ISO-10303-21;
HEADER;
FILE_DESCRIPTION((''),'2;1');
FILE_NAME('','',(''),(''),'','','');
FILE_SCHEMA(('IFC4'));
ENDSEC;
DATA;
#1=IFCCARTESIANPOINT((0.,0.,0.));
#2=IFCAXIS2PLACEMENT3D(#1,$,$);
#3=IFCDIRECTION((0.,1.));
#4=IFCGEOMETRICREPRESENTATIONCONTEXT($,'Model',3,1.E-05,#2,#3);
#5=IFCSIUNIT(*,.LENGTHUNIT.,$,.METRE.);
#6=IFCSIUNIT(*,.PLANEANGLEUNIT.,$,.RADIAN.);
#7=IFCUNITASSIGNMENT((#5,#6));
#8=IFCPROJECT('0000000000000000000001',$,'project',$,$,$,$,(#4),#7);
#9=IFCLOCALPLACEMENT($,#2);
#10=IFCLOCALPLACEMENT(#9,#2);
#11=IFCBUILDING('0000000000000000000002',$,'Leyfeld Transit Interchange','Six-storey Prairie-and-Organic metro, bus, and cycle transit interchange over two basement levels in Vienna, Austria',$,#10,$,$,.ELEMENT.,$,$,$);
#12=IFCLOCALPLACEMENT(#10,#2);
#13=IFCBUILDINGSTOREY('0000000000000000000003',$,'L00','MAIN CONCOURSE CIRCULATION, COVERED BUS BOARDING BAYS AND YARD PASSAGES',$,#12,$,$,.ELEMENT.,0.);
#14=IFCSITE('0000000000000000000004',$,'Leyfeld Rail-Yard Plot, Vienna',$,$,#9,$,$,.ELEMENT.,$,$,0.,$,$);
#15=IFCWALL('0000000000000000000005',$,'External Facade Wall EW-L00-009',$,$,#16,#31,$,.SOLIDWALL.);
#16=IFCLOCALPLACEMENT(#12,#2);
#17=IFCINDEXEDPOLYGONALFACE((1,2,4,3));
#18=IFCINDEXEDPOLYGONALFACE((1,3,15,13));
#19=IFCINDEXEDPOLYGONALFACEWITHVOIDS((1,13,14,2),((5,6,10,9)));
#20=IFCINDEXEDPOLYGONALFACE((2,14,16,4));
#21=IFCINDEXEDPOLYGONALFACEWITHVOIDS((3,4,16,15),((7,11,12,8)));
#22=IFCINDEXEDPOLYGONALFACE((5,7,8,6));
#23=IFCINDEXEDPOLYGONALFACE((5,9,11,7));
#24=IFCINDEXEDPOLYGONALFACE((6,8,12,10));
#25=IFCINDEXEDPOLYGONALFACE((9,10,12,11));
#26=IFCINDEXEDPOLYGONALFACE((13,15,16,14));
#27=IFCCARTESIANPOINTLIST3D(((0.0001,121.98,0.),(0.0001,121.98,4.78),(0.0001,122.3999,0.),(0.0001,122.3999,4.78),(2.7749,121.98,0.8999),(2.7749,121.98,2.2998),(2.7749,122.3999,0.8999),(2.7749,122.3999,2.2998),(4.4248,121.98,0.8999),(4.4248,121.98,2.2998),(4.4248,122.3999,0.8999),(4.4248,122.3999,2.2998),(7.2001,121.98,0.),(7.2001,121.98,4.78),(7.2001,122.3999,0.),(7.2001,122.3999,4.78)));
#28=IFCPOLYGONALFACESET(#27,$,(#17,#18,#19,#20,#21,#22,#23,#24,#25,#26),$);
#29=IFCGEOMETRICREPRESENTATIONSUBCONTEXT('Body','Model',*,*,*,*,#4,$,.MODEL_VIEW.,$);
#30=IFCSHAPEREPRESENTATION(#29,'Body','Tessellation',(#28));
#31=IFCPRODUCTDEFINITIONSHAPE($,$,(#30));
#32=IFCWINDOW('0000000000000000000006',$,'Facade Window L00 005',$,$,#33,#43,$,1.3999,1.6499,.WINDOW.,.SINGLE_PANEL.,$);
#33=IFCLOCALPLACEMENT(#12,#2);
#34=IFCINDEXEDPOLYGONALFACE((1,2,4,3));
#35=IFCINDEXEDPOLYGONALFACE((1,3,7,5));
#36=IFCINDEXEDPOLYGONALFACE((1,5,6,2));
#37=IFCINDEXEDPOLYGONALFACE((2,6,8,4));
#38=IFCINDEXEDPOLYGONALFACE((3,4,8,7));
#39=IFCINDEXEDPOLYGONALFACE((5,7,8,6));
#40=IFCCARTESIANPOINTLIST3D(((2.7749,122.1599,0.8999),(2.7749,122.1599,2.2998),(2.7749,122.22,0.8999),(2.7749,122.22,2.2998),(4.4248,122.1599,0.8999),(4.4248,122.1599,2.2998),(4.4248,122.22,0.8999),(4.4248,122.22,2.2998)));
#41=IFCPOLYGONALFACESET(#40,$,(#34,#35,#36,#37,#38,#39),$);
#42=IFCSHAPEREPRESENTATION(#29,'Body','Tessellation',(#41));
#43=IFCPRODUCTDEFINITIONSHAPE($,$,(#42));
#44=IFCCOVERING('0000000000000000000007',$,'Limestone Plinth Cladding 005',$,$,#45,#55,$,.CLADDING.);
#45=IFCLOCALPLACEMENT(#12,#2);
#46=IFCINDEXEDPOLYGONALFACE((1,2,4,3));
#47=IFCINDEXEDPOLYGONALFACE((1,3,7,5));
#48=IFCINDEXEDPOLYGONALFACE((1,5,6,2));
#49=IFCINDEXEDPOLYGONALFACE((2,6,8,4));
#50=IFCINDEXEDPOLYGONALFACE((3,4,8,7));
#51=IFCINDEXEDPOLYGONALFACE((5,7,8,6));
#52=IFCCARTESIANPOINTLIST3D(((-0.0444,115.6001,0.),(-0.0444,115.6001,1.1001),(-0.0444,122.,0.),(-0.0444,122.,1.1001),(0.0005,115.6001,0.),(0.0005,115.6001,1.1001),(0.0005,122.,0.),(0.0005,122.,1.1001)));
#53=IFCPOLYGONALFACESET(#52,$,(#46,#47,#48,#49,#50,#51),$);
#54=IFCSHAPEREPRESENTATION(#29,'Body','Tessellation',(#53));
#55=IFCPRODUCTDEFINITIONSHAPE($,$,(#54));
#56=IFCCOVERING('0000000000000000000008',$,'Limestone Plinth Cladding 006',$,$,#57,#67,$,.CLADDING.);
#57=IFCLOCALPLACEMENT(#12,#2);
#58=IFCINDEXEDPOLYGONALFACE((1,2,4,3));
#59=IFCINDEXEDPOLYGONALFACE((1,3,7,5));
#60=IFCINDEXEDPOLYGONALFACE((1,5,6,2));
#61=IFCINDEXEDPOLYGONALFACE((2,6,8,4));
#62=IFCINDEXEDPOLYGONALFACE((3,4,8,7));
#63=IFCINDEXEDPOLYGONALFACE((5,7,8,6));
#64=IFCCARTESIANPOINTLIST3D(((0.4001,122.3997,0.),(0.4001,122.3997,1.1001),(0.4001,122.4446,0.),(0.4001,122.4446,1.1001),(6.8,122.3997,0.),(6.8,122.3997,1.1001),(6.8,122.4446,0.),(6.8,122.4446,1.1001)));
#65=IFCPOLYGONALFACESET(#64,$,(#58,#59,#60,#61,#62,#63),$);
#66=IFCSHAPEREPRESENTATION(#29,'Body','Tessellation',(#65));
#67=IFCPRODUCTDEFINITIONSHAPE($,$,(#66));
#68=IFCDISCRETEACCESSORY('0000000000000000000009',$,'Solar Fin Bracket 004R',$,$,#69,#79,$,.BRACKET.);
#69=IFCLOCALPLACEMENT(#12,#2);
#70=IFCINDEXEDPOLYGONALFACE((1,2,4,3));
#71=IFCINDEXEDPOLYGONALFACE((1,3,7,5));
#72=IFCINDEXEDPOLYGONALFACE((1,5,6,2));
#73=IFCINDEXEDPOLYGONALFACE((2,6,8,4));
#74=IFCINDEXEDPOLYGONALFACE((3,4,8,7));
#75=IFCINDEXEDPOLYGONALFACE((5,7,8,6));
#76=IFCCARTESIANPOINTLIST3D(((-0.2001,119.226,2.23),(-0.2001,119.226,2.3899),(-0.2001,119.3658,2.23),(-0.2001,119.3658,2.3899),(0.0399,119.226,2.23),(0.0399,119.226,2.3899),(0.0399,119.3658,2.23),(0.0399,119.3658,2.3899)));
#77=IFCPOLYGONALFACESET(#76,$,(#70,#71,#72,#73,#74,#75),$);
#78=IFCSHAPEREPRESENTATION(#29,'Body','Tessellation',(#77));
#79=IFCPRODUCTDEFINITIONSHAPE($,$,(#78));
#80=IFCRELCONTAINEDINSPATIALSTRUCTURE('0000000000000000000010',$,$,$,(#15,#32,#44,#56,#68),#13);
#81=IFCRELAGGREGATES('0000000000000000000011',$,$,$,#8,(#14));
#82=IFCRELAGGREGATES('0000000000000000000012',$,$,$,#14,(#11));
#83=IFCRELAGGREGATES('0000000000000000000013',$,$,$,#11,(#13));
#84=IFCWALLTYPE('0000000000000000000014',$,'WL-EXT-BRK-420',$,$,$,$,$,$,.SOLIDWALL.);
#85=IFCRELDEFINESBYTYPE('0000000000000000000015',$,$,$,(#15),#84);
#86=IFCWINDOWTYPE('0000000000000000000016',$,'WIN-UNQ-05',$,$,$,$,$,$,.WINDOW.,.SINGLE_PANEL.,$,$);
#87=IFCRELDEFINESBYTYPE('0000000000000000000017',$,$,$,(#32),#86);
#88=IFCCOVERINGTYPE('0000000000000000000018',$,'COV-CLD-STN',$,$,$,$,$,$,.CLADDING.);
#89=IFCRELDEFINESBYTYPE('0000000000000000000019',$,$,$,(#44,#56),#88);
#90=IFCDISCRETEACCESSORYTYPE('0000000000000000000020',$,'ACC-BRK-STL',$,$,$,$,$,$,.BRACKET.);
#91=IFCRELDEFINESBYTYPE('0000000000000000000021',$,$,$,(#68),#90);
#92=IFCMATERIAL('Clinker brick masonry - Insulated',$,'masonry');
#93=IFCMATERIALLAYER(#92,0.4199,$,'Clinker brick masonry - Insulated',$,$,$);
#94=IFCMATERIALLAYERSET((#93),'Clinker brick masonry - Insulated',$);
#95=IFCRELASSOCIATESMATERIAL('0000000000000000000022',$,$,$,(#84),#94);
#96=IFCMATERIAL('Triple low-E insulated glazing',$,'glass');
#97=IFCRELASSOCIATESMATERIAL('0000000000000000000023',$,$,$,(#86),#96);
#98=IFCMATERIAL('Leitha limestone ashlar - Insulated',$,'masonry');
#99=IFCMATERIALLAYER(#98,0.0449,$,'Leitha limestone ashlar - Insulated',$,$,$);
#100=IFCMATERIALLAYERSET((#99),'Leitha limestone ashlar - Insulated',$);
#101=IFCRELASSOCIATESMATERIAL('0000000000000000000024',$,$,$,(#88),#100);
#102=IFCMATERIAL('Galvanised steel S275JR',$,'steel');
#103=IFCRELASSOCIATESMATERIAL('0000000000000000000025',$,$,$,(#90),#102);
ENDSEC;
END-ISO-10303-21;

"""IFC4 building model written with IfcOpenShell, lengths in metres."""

from ifc_helpers import new_model, si_unit, direction, frame, frame_2d, origin, origin_2d, place, context, subcontext, project, spatial, rectangle, extrude, material, layer, layer_set, type_object, element, fill, save


model = new_model("IFC4")

# Units and contexts
model_context = context("Model", 3, precision=1e-05, world=origin(), true_north=direction((0.0, 1.0)))
body_context = subcontext(model_context, "Body", "Model", "MODEL_VIEW")
ifc_project = project(units=[si_unit("LENGTHUNIT", "METRE"), si_unit("PLANEANGLEUNIT", "RADIAN")], contexts=[model_context])

# Site, building, storey
site_placement = place(None, origin())
site = spatial("IfcSite", under=ifc_project, at=site_placement, Name="Leyfeld Rail-Yard Plot, Vienna", CompositionType="ELEMENT", RefElevation=0.0)
building_placement = place(site_placement, origin())
building = spatial("IfcBuilding", under=site, at=building_placement, Name="Leyfeld Transit Interchange", Description="Six-storey Prairie-and-Organic metro, bus, and cycle transit interchange over two basement levels in Vienna, Austria", CompositionType="ELEMENT")
storey_placement = place(building_placement, origin())
storey = spatial("IfcBuildingStorey", under=building, at=storey_placement, Name="L00", Description="MAIN CONCOURSE CIRCULATION, COVERED BUS BOARDING BAYS AND YARD PASSAGES", CompositionType="ELEMENT", Elevation=0.0)

# Wall, opening, window
ifc_material_1 = material(Name="Clinker brick masonry - Insulated", Category="masonry")
ifc_layer_1 = layer(ifc_material_1, 0.4199, Name="Clinker brick masonry - Insulated")
ifc_layer_set_1 = layer_set([ifc_layer_1], Name="Clinker brick masonry - Insulated")
wall_type = type_object("IfcWallType", Name="WL-EXT-BRK-420", PredefinedType="SOLIDWALL", material=ifc_layer_set_1)
wall_1_placement = place(storey_placement, frame((0.0, 122.1899, 0.0), z_axis=(0.0, 0.0, 1.0), x_axis=(1.0, 0.0, 0.0)))
wall_1 = element("IfcWall", 1, at=wall_1_placement, inside=storey, type_object=wall_type, Name="External Facade Wall EW-L00-009", PredefinedType="SOLIDWALL", context=body_context, shape_type="SweptSolid", body=[
    extrude(rectangle(XDim=7.2, YDim=0.4199, at=frame_2d((3.6001, 0.0))), origin(), (0.0, 0.0, 1.0), 4.78),
])
opening_1_placement = place(wall_1_placement, frame((2.7749, 0.0, 0.8999)))
opening_1 = element("IfcOpeningElement", 2, at=opening_1_placement, cuts=wall_1, PredefinedType="OPENING", context=body_context, shape_type="SweptSolid", body=[
    extrude(rectangle(XDim=1.6499, YDim=1.3999, at=frame_2d((0.825, 0.7))), frame((0.0, 0.22, 0.0), z_axis=(0.0, -1.0, 0.0), x_axis=(1.0, 0.0, 0.0)), (0.0, 0.0, 1.0), 0.4399),
])
ifc_material_2 = material(Name="Triple low-E insulated glazing", Category="glass")
window_type = type_object("IfcWindowType", Name="WIN-UNQ-05", PartitioningType="SINGLE_PANEL", PredefinedType="WINDOW", material=ifc_material_2)
window_placement = place(opening_1_placement, origin())
window = element("IfcWindow", 3, at=window_placement, inside=storey, type_object=window_type, Name="Facade Window L00 005", OverallHeight=1.3999, OverallWidth=1.6499, PartitioningType="SINGLE_PANEL", PredefinedType="WINDOW", context=body_context, shape_type="SweptSolid", body=[
    extrude(rectangle(XDim=1.6499, YDim=1.3999, at=frame_2d((0.825, 0.7))), frame((0.0, 0.03, 0.0), z_axis=(0.0, -1.0, 0.0), x_axis=(1.0, 0.0, 0.0)), (0.0, 0.0, 1.0), 0.0601),
])
fill(opening_1, window)

# Coverings
ifc_material_3 = material(Name="Leitha limestone ashlar - Insulated", Category="masonry")
ifc_layer_2 = layer(ifc_material_3, 0.0449, Name="Leitha limestone ashlar - Insulated")
ifc_layer_set_2 = layer_set([ifc_layer_2], Name="Leitha limestone ashlar - Insulated")
covering_type = type_object("IfcCoveringType", Name="COV-CLD-STN", PredefinedType="CLADDING", material=ifc_layer_set_2)
for number, where, z_axis, x_axis, name in (
    (4, (-0.022, 118.8, 0.0), (0.0, 0.0, 1.0), (0.0, 1.0, 0.0), "Limestone Plinth Cladding 005"),
    (5, (3.6001, 122.4221, 0.0), (0.0, 0.0, 1.0), (1.0, 0.0, 0.0), "Limestone Plinth Cladding 006"),
):
    element("IfcCovering", number, at=place(storey_placement, frame(where, z_axis=z_axis, x_axis=x_axis)), inside=storey, type_object=covering_type, Name=name, PredefinedType="CLADDING", context=body_context, shape_type="SweptSolid", body=[
        extrude(rectangle(XDim=6.3999, YDim=0.0449, at=origin_2d()), origin(), (0.0, 0.0, 1.0), 1.1001),
    ])

# Discrete accessory
ifc_material_4 = material(Name="Galvanised steel S275JR", Category="steel")
discrete_accessory_type = type_object("IfcDiscreteAccessoryType", Name="ACC-BRK-STL", PredefinedType="BRACKET", material=ifc_material_4)
discrete_accessory_placement = place(storey_placement, frame((-0.0801, 119.2959, 2.23), z_axis=(0.0, 0.0, 1.0), x_axis=(0.0, 1.0, 0.0)))
element("IfcDiscreteAccessory", 6, at=discrete_accessory_placement, inside=storey, type_object=discrete_accessory_type, Name="Solar Fin Bracket 004R", PredefinedType="BRACKET", context=body_context, shape_type="SweptSolid", body=[
    extrude(rectangle(XDim=0.1399, YDim=0.24, at=origin_2d()), origin(), (0.0, 0.0, 1.0), 0.1599),
])

save(model, "model.ifc")
